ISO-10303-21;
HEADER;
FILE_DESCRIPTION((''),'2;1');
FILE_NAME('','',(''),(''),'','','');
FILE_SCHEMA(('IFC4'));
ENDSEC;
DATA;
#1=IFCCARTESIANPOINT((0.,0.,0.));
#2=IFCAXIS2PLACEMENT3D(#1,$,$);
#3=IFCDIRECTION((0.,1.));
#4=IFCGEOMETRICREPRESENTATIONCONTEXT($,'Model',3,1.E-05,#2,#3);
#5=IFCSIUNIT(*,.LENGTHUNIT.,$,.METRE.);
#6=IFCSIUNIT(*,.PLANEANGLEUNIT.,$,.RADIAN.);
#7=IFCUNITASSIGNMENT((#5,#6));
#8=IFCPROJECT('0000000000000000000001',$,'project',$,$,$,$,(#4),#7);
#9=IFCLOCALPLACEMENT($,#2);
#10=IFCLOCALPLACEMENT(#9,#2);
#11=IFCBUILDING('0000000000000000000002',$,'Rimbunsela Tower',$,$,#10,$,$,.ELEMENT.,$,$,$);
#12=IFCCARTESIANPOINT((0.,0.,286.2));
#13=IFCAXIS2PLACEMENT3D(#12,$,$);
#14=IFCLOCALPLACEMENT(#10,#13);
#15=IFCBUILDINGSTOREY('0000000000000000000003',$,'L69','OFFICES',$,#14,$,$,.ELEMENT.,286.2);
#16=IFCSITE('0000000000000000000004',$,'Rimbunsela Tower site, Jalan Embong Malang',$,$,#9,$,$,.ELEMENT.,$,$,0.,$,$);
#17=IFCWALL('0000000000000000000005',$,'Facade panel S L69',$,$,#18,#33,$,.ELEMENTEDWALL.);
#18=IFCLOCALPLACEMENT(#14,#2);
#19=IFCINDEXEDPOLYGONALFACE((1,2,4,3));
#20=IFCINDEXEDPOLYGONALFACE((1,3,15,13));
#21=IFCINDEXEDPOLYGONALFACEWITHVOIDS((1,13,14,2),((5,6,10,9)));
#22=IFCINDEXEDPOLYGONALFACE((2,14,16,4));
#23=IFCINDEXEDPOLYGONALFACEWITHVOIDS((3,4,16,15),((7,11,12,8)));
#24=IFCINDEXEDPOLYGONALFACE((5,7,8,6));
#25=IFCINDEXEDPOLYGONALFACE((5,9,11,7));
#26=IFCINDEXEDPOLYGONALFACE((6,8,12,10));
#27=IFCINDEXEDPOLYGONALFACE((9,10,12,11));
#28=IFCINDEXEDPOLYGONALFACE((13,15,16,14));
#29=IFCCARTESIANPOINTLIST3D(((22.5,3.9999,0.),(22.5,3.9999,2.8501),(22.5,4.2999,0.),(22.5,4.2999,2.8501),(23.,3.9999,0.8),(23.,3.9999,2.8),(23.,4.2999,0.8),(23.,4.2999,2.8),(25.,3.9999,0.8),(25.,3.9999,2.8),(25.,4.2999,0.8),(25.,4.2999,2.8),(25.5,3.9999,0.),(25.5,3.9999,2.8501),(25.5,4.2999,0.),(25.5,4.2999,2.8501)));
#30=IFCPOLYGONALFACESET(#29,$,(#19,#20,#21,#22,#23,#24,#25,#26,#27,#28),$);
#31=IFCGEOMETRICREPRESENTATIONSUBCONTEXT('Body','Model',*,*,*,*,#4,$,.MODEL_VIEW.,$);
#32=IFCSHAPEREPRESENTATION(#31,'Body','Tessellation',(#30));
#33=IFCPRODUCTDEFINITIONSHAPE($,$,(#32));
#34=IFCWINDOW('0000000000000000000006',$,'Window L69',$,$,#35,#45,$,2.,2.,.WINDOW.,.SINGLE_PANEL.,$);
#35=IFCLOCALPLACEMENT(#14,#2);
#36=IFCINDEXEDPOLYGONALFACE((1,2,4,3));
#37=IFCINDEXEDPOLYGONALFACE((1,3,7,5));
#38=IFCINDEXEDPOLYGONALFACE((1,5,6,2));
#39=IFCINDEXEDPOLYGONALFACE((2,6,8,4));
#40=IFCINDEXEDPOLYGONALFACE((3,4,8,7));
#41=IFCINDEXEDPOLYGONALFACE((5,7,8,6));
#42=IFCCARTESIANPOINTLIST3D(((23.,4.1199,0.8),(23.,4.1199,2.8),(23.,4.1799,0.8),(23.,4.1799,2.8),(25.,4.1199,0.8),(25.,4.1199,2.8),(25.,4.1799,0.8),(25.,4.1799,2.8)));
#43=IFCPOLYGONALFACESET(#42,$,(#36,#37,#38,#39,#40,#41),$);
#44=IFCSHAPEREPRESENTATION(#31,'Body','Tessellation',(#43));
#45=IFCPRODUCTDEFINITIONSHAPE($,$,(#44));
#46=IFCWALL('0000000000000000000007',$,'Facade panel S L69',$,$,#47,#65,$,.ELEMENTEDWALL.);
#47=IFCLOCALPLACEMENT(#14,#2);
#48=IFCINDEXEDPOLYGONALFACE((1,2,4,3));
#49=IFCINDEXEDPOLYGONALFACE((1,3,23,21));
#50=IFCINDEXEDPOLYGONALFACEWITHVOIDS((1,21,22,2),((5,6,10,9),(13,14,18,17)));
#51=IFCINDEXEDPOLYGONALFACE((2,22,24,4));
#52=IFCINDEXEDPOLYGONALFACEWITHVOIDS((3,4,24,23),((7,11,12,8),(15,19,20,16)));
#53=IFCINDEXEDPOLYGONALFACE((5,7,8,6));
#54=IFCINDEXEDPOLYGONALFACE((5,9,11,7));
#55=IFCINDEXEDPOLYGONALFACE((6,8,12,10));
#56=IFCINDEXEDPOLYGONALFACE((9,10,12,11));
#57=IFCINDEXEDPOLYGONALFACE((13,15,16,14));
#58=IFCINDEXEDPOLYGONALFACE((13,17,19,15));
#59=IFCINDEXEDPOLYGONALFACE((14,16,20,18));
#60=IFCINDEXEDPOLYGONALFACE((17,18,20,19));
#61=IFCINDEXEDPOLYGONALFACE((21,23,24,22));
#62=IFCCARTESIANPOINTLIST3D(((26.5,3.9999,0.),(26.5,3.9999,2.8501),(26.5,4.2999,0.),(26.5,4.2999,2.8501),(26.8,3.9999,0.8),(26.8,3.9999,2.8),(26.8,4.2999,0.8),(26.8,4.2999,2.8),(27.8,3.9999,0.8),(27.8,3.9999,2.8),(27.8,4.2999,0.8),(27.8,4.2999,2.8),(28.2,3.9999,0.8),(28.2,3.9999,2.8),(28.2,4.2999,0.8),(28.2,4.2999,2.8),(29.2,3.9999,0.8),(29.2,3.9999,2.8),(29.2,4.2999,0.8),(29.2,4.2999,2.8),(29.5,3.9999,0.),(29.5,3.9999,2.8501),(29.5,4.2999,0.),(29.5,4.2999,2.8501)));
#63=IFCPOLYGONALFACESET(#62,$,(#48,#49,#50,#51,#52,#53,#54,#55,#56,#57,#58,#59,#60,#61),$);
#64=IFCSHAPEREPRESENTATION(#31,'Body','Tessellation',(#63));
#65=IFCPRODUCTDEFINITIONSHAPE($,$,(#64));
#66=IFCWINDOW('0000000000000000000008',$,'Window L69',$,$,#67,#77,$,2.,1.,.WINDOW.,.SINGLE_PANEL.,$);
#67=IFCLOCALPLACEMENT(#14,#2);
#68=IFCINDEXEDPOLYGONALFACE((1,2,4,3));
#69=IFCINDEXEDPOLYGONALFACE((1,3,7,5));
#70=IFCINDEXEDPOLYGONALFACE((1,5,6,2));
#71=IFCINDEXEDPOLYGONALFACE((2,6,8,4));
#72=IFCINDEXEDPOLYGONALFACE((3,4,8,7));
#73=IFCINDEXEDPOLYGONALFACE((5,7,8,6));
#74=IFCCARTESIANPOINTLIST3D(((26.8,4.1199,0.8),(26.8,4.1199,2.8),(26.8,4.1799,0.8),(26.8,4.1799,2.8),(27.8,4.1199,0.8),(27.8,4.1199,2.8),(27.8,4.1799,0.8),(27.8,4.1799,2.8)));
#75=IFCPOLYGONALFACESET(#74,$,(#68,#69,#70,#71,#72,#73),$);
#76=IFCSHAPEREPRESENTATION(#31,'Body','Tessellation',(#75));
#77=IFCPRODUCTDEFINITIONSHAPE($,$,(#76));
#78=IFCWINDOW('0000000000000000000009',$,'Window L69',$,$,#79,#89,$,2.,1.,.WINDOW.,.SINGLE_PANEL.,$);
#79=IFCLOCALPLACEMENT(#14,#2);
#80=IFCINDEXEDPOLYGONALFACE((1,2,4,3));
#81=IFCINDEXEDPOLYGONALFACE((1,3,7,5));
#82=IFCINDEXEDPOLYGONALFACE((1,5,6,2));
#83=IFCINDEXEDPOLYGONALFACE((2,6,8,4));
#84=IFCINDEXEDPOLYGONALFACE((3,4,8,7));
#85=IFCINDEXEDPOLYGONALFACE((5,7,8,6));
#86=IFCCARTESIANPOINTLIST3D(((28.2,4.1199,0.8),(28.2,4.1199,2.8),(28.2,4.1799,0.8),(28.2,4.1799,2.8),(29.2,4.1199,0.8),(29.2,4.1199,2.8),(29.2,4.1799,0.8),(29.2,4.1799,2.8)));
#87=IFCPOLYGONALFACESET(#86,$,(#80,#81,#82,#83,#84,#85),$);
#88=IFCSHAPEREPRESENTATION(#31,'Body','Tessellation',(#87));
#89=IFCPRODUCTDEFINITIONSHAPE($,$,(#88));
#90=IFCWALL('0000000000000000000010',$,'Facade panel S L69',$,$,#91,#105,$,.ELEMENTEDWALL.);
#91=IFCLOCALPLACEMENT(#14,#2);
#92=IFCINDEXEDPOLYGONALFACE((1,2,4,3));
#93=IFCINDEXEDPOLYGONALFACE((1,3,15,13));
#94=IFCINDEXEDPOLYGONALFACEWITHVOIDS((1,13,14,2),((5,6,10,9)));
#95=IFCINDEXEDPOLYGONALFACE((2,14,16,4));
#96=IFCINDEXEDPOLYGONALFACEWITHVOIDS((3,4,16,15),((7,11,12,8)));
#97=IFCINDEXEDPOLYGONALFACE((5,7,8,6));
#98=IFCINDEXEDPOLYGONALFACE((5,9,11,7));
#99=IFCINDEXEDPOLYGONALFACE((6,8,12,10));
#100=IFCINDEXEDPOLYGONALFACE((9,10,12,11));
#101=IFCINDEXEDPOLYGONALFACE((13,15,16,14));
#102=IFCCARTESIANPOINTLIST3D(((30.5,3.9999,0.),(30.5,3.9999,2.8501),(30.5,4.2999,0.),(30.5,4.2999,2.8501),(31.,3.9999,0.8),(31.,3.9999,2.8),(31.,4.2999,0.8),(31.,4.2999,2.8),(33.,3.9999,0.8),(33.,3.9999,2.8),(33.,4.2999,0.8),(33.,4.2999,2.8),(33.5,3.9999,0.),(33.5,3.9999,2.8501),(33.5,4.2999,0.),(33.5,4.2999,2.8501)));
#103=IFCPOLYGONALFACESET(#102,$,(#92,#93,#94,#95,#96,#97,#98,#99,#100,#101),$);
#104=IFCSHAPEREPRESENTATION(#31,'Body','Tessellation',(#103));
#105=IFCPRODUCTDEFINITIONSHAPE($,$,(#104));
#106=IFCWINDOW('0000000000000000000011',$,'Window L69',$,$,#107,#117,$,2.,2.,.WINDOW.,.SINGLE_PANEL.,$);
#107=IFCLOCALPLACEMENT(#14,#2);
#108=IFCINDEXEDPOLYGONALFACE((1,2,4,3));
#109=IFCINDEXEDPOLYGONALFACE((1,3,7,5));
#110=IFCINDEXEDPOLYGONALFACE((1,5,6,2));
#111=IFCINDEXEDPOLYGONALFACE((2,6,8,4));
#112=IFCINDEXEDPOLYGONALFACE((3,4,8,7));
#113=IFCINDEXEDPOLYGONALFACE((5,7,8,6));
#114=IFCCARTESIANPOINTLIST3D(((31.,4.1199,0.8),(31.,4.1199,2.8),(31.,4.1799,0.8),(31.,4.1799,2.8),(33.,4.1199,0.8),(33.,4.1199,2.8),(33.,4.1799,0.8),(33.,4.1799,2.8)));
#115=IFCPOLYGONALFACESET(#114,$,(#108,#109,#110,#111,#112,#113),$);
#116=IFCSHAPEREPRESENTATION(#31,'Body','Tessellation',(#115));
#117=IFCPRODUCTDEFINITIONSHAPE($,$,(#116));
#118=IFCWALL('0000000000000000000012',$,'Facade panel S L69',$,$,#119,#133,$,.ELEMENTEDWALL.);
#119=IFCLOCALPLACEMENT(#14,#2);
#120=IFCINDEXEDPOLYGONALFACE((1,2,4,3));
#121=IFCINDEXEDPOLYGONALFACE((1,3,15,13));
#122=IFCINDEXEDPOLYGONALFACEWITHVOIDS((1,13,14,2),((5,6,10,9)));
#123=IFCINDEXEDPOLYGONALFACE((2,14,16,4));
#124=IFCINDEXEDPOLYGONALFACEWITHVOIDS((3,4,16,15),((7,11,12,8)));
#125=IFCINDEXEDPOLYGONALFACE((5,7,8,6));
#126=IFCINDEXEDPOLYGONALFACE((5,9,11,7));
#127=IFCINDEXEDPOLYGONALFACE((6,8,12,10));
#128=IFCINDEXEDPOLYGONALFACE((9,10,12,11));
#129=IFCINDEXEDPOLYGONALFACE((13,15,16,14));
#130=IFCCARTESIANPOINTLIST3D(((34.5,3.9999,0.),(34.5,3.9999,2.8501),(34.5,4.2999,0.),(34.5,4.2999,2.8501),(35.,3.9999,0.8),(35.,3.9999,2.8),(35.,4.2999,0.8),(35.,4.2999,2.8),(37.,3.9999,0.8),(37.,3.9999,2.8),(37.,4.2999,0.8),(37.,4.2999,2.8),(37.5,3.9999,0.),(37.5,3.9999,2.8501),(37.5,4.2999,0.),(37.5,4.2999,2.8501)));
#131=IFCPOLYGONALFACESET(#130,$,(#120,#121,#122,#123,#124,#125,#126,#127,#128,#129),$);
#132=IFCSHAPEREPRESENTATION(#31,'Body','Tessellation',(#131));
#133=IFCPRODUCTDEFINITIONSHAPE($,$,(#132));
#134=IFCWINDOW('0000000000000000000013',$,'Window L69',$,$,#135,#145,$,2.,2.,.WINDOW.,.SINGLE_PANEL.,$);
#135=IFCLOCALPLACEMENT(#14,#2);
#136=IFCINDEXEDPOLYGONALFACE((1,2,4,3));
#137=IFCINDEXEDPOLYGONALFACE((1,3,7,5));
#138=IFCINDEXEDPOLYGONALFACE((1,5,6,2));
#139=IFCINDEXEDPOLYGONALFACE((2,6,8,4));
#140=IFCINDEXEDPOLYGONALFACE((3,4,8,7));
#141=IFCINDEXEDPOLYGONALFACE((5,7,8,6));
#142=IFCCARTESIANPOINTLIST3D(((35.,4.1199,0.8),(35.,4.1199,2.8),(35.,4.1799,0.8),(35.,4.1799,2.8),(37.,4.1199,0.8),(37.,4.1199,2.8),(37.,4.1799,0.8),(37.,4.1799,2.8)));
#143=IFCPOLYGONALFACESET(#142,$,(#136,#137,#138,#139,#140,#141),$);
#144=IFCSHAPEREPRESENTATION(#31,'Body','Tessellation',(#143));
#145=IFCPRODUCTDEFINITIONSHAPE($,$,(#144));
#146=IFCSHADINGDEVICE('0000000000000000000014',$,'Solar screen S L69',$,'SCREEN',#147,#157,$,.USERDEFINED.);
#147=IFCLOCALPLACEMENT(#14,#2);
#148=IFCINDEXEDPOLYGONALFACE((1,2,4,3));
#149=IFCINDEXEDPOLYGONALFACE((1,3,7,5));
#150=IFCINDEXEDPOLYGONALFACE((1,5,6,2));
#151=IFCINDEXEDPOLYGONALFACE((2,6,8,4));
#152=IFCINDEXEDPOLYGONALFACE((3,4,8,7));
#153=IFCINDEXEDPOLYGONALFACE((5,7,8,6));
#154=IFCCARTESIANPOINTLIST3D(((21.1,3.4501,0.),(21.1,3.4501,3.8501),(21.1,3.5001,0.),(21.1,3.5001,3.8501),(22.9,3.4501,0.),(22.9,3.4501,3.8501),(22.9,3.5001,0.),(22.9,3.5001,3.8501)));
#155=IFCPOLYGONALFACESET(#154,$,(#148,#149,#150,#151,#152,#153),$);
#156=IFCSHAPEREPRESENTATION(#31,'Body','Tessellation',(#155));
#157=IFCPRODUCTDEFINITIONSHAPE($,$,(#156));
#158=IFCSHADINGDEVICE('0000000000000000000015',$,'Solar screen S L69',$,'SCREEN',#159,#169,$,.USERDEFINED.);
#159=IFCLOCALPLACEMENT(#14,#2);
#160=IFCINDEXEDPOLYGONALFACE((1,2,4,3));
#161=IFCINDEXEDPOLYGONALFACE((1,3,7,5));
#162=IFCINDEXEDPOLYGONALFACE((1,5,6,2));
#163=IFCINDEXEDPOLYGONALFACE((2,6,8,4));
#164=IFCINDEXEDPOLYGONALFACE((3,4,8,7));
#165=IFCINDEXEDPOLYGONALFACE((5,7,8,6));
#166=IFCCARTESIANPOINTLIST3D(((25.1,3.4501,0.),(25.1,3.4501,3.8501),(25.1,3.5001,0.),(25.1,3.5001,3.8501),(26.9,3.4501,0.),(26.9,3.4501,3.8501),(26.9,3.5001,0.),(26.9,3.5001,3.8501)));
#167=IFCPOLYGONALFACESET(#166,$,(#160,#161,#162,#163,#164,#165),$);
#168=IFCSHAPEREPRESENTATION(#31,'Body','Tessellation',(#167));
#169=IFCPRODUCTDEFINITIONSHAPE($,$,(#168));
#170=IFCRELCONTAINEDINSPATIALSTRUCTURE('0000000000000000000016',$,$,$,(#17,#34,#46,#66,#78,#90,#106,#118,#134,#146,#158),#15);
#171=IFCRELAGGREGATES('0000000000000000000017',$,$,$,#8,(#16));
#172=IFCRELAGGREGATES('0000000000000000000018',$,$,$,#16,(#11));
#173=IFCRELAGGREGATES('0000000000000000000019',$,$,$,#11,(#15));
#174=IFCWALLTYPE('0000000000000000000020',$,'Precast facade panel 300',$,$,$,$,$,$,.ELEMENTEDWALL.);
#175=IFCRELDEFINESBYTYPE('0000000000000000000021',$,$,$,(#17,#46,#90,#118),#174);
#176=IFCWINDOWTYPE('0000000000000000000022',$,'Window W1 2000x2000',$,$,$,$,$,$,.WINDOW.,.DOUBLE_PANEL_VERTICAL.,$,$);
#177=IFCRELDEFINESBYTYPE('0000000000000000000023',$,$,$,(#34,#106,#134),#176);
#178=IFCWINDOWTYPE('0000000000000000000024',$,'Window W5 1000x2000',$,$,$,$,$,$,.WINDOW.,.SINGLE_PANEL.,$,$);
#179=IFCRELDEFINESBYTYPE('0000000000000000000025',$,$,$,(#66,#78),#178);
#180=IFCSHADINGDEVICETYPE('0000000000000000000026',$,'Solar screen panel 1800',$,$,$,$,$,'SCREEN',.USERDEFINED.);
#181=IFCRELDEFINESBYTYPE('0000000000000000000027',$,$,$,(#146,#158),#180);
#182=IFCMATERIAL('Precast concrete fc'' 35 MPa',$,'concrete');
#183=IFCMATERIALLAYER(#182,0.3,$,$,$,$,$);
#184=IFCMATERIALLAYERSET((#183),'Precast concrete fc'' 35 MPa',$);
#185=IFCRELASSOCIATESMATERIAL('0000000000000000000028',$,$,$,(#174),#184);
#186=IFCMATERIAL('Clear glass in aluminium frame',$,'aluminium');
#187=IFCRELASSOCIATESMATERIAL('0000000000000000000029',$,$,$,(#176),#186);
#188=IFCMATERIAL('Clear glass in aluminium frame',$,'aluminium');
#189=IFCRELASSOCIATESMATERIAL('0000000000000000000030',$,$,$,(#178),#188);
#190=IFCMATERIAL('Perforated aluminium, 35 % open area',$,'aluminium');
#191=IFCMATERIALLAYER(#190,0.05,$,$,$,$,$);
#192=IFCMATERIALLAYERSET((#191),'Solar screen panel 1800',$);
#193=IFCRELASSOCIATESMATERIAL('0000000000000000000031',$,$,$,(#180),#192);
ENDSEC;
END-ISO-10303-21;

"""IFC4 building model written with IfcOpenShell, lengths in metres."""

from ifc_helpers import new_model, si_unit, direction, frame, frame_2d, origin, origin_2d, place, context, subcontext, project, spatial, rectangle, extrude, material, layer, layer_set, type_object, element, fill, save


model = new_model("IFC4")

# Units and contexts
model_context = context("Model", 3, precision=1e-05, world=origin(), true_north=direction((0.0, 1.0)))
body_context = subcontext(model_context, "Body", "Model", "MODEL_VIEW")
ifc_project = project(units=[si_unit("LENGTHUNIT", "METRE"), si_unit("PLANEANGLEUNIT", "RADIAN")], contexts=[model_context])

# Site, building, storey
site_placement = place(None, origin())
site = spatial("IfcSite", under=ifc_project, at=site_placement, Name="Rimbunsela Tower site, Jalan Embong Malang", CompositionType="ELEMENT", RefElevation=0.0)
building_placement = place(site_placement, origin())
building = spatial("IfcBuilding", under=site, at=building_placement, Name="Rimbunsela Tower", CompositionType="ELEMENT")
storey_placement = place(building_placement, frame((0.0, 0.0, 286.2)))
storey = spatial("IfcBuildingStorey", under=building, at=storey_placement, Name="L69", Description="OFFICES", CompositionType="ELEMENT", Elevation=286.2)

# Wall, opening, window
ifc_material_1 = material(Name="Precast concrete fc' 35 MPa", Category="concrete")
ifc_layer_1 = layer(ifc_material_1, 0.3)
ifc_layer_set_1 = layer_set([ifc_layer_1], Name="Precast concrete fc' 35 MPa")
wall_type = type_object("IfcWallType", Name="Precast facade panel 300", PredefinedType="ELEMENTEDWALL", material=ifc_layer_set_1)
ifc_material_2 = material(Name="Clear glass in aluminium frame", Category="aluminium")
window_type_1 = type_object("IfcWindowType", Name="Window W1 2000x2000", PartitioningType="DOUBLE_PANEL_VERTICAL", PredefinedType="WINDOW", material=ifc_material_2)
wall_1_placement = place(storey_placement, frame((22.5, 4.1499, 0.0), z_axis=(0.0, 0.0, 1.0), x_axis=(1.0, 0.0, 0.0)))
wall_1 = element("IfcWall", 1, at=wall_1_placement, inside=storey, type_object=wall_type, Name="Facade panel S L69", PredefinedType="ELEMENTEDWALL", context=body_context, shape_type="SweptSolid", body=[
    extrude(rectangle(XDim=3.0, YDim=0.3, at=frame_2d((1.5, 0.0))), origin(), (0.0, 0.0, 1.0), 2.8501),
])
opening_1_placement = place(wall_1_placement, frame((0.5, 0.0, 0.8)))
opening_1 = element("IfcOpeningElement", 2, at=opening_1_placement, cuts=wall_1, PredefinedType="OPENING", context=body_context, shape_type="SweptSolid", body=[
    extrude(rectangle(XDim=2.0, YDim=2.0, at=frame_2d((1.0, 1.0))), frame((0.0, 0.1599, 0.0), z_axis=(0.0, -1.0, 0.0), x_axis=(1.0, 0.0, 0.0)), (0.0, 0.0, 1.0), 0.3201),
])
window_1_placement = place(opening_1_placement, origin())
window_1 = element("IfcWindow", 3, at=window_1_placement, inside=storey, type_object=window_type_1, Name="Window L69", OverallHeight=2.0, OverallWidth=2.0, PartitioningType="SINGLE_PANEL", PredefinedType="WINDOW", context=body_context, shape_type="SweptSolid", body=[
    extrude(rectangle(XDim=2.0, YDim=2.0, at=frame_2d((1.0, 1.0))), frame((0.0, 0.03, 0.0), z_axis=(0.0, -1.0, 0.0), x_axis=(1.0, 0.0, 0.0)), (0.0, 0.0, 1.0), 0.0601),
])
fill(opening_1, window_1)

# Wall, openings, windows
wall_2_placement = place(storey_placement, frame((26.5, 4.1499, 0.0), z_axis=(0.0, 0.0, 1.0), x_axis=(1.0, 0.0, 0.0)))
wall_2 = element("IfcWall", 4, at=wall_2_placement, inside=storey, type_object=wall_type, Name="Facade panel S L69", PredefinedType="ELEMENTEDWALL", context=body_context, shape_type="SweptSolid", body=[
    extrude(rectangle(XDim=3.0, YDim=0.3, at=frame_2d((1.5, 0.0))), origin(), (0.0, 0.0, 1.0), 2.8501),
])
opening_2_placement = place(wall_2_placement, frame((0.3, 0.0, 0.8)))
opening_2 = element("IfcOpeningElement", 5, at=opening_2_placement, cuts=wall_2, PredefinedType="OPENING", context=body_context, shape_type="SweptSolid", body=[
    extrude(rectangle(XDim=1.0, YDim=2.0, at=frame_2d((0.5, 1.0))), frame((0.0, 0.1599, 0.0), z_axis=(0.0, -1.0, 0.0), x_axis=(1.0, 0.0, 0.0)), (0.0, 0.0, 1.0), 0.3201),
])
opening_3_placement = place(wall_2_placement, frame((1.7, 0.0, 0.8)))
opening_3 = element("IfcOpeningElement", 6, at=opening_3_placement, cuts=wall_2, PredefinedType="OPENING", context=body_context, shape_type="SweptSolid", body=[
    extrude(rectangle(XDim=1.0, YDim=2.0, at=frame_2d((0.5, 1.0))), frame((0.0, 0.1599, 0.0), z_axis=(0.0, -1.0, 0.0), x_axis=(1.0, 0.0, 0.0)), (0.0, 0.0, 1.0), 0.3201),
])
ifc_material_3 = material(Name="Clear glass in aluminium frame", Category="aluminium")
window_type_2 = type_object("IfcWindowType", Name="Window W5 1000x2000", PartitioningType="SINGLE_PANEL", PredefinedType="WINDOW", material=ifc_material_3)
window_2_placement = place(opening_2_placement, origin())
window_2 = element("IfcWindow", 7, at=window_2_placement, inside=storey, type_object=window_type_2, Name="Window L69", OverallHeight=2.0, OverallWidth=1.0, PartitioningType="SINGLE_PANEL", PredefinedType="WINDOW", context=body_context, shape_type="SweptSolid", body=[
    extrude(rectangle(XDim=1.0, YDim=2.0, at=frame_2d((0.5, 1.0))), frame((0.0, 0.03, 0.0), z_axis=(0.0, -1.0, 0.0), x_axis=(1.0, 0.0, 0.0)), (0.0, 0.0, 1.0), 0.0601),
])
fill(opening_2, window_2)
window_3_placement = place(opening_3_placement, origin())
window_3 = element("IfcWindow", 8, at=window_3_placement, inside=storey, type_object=window_type_2, Name="Window L69", OverallHeight=2.0, OverallWidth=1.0, PartitioningType="SINGLE_PANEL", PredefinedType="WINDOW", context=body_context, shape_type="SweptSolid", body=[
    extrude(rectangle(XDim=1.0, YDim=2.0, at=frame_2d((0.5, 1.0))), frame((0.0, 0.03, 0.0), z_axis=(0.0, -1.0, 0.0), x_axis=(1.0, 0.0, 0.0)), (0.0, 0.0, 1.0), 0.0601),
])
fill(opening_3, window_3)

# Walls, openings, windows
wall_3_placement = place(storey_placement, frame((30.5, 4.1499, 0.0), z_axis=(0.0, 0.0, 1.0), x_axis=(1.0, 0.0, 0.0)))
wall_3 = element("IfcWall", 9, at=wall_3_placement, inside=storey, type_object=wall_type, Name="Facade panel S L69", PredefinedType="ELEMENTEDWALL", context=body_context, shape_type="SweptSolid", body=[
    extrude(rectangle(XDim=3.0, YDim=0.3, at=frame_2d((1.5, 0.0))), origin(), (0.0, 0.0, 1.0), 2.8501),
])
opening_4_placement = place(wall_3_placement, frame((0.5, 0.0, 0.8)))
opening_4 = element("IfcOpeningElement", 10, at=opening_4_placement, cuts=wall_3, PredefinedType="OPENING", context=body_context, shape_type="SweptSolid", body=[
    extrude(rectangle(XDim=2.0, YDim=2.0, at=frame_2d((1.0, 1.0))), frame((0.0, 0.1599, 0.0), z_axis=(0.0, -1.0, 0.0), x_axis=(1.0, 0.0, 0.0)), (0.0, 0.0, 1.0), 0.3201),
])
window_4_placement = place(opening_4_placement, origin())
window_4 = element("IfcWindow", 11, at=window_4_placement, inside=storey, type_object=window_type_1, Name="Window L69", OverallHeight=2.0, OverallWidth=2.0, PartitioningType="SINGLE_PANEL", PredefinedType="WINDOW", context=body_context, shape_type="SweptSolid", body=[
    extrude(rectangle(XDim=2.0, YDim=2.0, at=frame_2d((1.0, 1.0))), frame((0.0, 0.03, 0.0), z_axis=(0.0, -1.0, 0.0), x_axis=(1.0, 0.0, 0.0)), (0.0, 0.0, 1.0), 0.0601),
])
fill(opening_4, window_4)
wall_4_placement = place(storey_placement, frame((34.5, 4.1499, 0.0), z_axis=(0.0, 0.0, 1.0), x_axis=(1.0, 0.0, 0.0)))
wall_4 = element("IfcWall", 12, at=wall_4_placement, inside=storey, type_object=wall_type, Name="Facade panel S L69", PredefinedType="ELEMENTEDWALL", context=body_context, shape_type="SweptSolid", body=[
    extrude(rectangle(XDim=3.0, YDim=0.3, at=frame_2d((1.5, 0.0))), origin(), (0.0, 0.0, 1.0), 2.8501),
])
opening_5_placement = place(wall_4_placement, frame((0.5, 0.0, 0.8)))
opening_5 = element("IfcOpeningElement", 13, at=opening_5_placement, cuts=wall_4, PredefinedType="OPENING", context=body_context, shape_type="SweptSolid", body=[
    extrude(rectangle(XDim=2.0, YDim=2.0, at=frame_2d((1.0, 1.0))), frame((0.0, 0.1599, 0.0), z_axis=(0.0, -1.0, 0.0), x_axis=(1.0, 0.0, 0.0)), (0.0, 0.0, 1.0), 0.3201),
])
window_5_placement = place(opening_5_placement, origin())
window_5 = element("IfcWindow", 14, at=window_5_placement, inside=storey, type_object=window_type_1, Name="Window L69", OverallHeight=2.0, OverallWidth=2.0, PartitioningType="SINGLE_PANEL", PredefinedType="WINDOW", context=body_context, shape_type="SweptSolid", body=[
    extrude(rectangle(XDim=2.0, YDim=2.0, at=frame_2d((1.0, 1.0))), frame((0.0, 0.03, 0.0), z_axis=(0.0, -1.0, 0.0), x_axis=(1.0, 0.0, 0.0)), (0.0, 0.0, 1.0), 0.0601),
])
fill(opening_5, window_5)

# Shading devices
ifc_material_4 = material(Name="Perforated aluminium, 35 % open area", Category="aluminium")
ifc_layer_2 = layer(ifc_material_4, 0.05)
ifc_layer_set_2 = layer_set([ifc_layer_2], Name="Solar screen panel 1800")
shading_device_type = type_object("IfcShadingDeviceType", Name="Solar screen panel 1800", ElementType="SCREEN", PredefinedType="USERDEFINED", material=ifc_layer_set_2)
for number, where, z_axis, x_axis, name in (
    (15, (22.0, 3.4751, 0.0), (0.0, 0.0, 1.0), (1.0, 0.0, 0.0), "Solar screen S L69"),
    (16, (26.0, 3.4751, 0.0), (0.0, 0.0, 1.0), (1.0, 0.0, 0.0), "Solar screen S L69"),
):
    element("IfcShadingDevice", number, at=place(storey_placement, frame(where, z_axis=z_axis, x_axis=x_axis)), inside=storey, type_object=shading_device_type, Name=name, ObjectType="SCREEN", PredefinedType="USERDEFINED", context=body_context, shape_type="SweptSolid", body=[
        extrude(rectangle(XDim=1.8, YDim=0.05, at=origin_2d()), origin(), (0.0, 0.0, 1.0), 3.8501),
    ])

save(model, "model.ifc")
